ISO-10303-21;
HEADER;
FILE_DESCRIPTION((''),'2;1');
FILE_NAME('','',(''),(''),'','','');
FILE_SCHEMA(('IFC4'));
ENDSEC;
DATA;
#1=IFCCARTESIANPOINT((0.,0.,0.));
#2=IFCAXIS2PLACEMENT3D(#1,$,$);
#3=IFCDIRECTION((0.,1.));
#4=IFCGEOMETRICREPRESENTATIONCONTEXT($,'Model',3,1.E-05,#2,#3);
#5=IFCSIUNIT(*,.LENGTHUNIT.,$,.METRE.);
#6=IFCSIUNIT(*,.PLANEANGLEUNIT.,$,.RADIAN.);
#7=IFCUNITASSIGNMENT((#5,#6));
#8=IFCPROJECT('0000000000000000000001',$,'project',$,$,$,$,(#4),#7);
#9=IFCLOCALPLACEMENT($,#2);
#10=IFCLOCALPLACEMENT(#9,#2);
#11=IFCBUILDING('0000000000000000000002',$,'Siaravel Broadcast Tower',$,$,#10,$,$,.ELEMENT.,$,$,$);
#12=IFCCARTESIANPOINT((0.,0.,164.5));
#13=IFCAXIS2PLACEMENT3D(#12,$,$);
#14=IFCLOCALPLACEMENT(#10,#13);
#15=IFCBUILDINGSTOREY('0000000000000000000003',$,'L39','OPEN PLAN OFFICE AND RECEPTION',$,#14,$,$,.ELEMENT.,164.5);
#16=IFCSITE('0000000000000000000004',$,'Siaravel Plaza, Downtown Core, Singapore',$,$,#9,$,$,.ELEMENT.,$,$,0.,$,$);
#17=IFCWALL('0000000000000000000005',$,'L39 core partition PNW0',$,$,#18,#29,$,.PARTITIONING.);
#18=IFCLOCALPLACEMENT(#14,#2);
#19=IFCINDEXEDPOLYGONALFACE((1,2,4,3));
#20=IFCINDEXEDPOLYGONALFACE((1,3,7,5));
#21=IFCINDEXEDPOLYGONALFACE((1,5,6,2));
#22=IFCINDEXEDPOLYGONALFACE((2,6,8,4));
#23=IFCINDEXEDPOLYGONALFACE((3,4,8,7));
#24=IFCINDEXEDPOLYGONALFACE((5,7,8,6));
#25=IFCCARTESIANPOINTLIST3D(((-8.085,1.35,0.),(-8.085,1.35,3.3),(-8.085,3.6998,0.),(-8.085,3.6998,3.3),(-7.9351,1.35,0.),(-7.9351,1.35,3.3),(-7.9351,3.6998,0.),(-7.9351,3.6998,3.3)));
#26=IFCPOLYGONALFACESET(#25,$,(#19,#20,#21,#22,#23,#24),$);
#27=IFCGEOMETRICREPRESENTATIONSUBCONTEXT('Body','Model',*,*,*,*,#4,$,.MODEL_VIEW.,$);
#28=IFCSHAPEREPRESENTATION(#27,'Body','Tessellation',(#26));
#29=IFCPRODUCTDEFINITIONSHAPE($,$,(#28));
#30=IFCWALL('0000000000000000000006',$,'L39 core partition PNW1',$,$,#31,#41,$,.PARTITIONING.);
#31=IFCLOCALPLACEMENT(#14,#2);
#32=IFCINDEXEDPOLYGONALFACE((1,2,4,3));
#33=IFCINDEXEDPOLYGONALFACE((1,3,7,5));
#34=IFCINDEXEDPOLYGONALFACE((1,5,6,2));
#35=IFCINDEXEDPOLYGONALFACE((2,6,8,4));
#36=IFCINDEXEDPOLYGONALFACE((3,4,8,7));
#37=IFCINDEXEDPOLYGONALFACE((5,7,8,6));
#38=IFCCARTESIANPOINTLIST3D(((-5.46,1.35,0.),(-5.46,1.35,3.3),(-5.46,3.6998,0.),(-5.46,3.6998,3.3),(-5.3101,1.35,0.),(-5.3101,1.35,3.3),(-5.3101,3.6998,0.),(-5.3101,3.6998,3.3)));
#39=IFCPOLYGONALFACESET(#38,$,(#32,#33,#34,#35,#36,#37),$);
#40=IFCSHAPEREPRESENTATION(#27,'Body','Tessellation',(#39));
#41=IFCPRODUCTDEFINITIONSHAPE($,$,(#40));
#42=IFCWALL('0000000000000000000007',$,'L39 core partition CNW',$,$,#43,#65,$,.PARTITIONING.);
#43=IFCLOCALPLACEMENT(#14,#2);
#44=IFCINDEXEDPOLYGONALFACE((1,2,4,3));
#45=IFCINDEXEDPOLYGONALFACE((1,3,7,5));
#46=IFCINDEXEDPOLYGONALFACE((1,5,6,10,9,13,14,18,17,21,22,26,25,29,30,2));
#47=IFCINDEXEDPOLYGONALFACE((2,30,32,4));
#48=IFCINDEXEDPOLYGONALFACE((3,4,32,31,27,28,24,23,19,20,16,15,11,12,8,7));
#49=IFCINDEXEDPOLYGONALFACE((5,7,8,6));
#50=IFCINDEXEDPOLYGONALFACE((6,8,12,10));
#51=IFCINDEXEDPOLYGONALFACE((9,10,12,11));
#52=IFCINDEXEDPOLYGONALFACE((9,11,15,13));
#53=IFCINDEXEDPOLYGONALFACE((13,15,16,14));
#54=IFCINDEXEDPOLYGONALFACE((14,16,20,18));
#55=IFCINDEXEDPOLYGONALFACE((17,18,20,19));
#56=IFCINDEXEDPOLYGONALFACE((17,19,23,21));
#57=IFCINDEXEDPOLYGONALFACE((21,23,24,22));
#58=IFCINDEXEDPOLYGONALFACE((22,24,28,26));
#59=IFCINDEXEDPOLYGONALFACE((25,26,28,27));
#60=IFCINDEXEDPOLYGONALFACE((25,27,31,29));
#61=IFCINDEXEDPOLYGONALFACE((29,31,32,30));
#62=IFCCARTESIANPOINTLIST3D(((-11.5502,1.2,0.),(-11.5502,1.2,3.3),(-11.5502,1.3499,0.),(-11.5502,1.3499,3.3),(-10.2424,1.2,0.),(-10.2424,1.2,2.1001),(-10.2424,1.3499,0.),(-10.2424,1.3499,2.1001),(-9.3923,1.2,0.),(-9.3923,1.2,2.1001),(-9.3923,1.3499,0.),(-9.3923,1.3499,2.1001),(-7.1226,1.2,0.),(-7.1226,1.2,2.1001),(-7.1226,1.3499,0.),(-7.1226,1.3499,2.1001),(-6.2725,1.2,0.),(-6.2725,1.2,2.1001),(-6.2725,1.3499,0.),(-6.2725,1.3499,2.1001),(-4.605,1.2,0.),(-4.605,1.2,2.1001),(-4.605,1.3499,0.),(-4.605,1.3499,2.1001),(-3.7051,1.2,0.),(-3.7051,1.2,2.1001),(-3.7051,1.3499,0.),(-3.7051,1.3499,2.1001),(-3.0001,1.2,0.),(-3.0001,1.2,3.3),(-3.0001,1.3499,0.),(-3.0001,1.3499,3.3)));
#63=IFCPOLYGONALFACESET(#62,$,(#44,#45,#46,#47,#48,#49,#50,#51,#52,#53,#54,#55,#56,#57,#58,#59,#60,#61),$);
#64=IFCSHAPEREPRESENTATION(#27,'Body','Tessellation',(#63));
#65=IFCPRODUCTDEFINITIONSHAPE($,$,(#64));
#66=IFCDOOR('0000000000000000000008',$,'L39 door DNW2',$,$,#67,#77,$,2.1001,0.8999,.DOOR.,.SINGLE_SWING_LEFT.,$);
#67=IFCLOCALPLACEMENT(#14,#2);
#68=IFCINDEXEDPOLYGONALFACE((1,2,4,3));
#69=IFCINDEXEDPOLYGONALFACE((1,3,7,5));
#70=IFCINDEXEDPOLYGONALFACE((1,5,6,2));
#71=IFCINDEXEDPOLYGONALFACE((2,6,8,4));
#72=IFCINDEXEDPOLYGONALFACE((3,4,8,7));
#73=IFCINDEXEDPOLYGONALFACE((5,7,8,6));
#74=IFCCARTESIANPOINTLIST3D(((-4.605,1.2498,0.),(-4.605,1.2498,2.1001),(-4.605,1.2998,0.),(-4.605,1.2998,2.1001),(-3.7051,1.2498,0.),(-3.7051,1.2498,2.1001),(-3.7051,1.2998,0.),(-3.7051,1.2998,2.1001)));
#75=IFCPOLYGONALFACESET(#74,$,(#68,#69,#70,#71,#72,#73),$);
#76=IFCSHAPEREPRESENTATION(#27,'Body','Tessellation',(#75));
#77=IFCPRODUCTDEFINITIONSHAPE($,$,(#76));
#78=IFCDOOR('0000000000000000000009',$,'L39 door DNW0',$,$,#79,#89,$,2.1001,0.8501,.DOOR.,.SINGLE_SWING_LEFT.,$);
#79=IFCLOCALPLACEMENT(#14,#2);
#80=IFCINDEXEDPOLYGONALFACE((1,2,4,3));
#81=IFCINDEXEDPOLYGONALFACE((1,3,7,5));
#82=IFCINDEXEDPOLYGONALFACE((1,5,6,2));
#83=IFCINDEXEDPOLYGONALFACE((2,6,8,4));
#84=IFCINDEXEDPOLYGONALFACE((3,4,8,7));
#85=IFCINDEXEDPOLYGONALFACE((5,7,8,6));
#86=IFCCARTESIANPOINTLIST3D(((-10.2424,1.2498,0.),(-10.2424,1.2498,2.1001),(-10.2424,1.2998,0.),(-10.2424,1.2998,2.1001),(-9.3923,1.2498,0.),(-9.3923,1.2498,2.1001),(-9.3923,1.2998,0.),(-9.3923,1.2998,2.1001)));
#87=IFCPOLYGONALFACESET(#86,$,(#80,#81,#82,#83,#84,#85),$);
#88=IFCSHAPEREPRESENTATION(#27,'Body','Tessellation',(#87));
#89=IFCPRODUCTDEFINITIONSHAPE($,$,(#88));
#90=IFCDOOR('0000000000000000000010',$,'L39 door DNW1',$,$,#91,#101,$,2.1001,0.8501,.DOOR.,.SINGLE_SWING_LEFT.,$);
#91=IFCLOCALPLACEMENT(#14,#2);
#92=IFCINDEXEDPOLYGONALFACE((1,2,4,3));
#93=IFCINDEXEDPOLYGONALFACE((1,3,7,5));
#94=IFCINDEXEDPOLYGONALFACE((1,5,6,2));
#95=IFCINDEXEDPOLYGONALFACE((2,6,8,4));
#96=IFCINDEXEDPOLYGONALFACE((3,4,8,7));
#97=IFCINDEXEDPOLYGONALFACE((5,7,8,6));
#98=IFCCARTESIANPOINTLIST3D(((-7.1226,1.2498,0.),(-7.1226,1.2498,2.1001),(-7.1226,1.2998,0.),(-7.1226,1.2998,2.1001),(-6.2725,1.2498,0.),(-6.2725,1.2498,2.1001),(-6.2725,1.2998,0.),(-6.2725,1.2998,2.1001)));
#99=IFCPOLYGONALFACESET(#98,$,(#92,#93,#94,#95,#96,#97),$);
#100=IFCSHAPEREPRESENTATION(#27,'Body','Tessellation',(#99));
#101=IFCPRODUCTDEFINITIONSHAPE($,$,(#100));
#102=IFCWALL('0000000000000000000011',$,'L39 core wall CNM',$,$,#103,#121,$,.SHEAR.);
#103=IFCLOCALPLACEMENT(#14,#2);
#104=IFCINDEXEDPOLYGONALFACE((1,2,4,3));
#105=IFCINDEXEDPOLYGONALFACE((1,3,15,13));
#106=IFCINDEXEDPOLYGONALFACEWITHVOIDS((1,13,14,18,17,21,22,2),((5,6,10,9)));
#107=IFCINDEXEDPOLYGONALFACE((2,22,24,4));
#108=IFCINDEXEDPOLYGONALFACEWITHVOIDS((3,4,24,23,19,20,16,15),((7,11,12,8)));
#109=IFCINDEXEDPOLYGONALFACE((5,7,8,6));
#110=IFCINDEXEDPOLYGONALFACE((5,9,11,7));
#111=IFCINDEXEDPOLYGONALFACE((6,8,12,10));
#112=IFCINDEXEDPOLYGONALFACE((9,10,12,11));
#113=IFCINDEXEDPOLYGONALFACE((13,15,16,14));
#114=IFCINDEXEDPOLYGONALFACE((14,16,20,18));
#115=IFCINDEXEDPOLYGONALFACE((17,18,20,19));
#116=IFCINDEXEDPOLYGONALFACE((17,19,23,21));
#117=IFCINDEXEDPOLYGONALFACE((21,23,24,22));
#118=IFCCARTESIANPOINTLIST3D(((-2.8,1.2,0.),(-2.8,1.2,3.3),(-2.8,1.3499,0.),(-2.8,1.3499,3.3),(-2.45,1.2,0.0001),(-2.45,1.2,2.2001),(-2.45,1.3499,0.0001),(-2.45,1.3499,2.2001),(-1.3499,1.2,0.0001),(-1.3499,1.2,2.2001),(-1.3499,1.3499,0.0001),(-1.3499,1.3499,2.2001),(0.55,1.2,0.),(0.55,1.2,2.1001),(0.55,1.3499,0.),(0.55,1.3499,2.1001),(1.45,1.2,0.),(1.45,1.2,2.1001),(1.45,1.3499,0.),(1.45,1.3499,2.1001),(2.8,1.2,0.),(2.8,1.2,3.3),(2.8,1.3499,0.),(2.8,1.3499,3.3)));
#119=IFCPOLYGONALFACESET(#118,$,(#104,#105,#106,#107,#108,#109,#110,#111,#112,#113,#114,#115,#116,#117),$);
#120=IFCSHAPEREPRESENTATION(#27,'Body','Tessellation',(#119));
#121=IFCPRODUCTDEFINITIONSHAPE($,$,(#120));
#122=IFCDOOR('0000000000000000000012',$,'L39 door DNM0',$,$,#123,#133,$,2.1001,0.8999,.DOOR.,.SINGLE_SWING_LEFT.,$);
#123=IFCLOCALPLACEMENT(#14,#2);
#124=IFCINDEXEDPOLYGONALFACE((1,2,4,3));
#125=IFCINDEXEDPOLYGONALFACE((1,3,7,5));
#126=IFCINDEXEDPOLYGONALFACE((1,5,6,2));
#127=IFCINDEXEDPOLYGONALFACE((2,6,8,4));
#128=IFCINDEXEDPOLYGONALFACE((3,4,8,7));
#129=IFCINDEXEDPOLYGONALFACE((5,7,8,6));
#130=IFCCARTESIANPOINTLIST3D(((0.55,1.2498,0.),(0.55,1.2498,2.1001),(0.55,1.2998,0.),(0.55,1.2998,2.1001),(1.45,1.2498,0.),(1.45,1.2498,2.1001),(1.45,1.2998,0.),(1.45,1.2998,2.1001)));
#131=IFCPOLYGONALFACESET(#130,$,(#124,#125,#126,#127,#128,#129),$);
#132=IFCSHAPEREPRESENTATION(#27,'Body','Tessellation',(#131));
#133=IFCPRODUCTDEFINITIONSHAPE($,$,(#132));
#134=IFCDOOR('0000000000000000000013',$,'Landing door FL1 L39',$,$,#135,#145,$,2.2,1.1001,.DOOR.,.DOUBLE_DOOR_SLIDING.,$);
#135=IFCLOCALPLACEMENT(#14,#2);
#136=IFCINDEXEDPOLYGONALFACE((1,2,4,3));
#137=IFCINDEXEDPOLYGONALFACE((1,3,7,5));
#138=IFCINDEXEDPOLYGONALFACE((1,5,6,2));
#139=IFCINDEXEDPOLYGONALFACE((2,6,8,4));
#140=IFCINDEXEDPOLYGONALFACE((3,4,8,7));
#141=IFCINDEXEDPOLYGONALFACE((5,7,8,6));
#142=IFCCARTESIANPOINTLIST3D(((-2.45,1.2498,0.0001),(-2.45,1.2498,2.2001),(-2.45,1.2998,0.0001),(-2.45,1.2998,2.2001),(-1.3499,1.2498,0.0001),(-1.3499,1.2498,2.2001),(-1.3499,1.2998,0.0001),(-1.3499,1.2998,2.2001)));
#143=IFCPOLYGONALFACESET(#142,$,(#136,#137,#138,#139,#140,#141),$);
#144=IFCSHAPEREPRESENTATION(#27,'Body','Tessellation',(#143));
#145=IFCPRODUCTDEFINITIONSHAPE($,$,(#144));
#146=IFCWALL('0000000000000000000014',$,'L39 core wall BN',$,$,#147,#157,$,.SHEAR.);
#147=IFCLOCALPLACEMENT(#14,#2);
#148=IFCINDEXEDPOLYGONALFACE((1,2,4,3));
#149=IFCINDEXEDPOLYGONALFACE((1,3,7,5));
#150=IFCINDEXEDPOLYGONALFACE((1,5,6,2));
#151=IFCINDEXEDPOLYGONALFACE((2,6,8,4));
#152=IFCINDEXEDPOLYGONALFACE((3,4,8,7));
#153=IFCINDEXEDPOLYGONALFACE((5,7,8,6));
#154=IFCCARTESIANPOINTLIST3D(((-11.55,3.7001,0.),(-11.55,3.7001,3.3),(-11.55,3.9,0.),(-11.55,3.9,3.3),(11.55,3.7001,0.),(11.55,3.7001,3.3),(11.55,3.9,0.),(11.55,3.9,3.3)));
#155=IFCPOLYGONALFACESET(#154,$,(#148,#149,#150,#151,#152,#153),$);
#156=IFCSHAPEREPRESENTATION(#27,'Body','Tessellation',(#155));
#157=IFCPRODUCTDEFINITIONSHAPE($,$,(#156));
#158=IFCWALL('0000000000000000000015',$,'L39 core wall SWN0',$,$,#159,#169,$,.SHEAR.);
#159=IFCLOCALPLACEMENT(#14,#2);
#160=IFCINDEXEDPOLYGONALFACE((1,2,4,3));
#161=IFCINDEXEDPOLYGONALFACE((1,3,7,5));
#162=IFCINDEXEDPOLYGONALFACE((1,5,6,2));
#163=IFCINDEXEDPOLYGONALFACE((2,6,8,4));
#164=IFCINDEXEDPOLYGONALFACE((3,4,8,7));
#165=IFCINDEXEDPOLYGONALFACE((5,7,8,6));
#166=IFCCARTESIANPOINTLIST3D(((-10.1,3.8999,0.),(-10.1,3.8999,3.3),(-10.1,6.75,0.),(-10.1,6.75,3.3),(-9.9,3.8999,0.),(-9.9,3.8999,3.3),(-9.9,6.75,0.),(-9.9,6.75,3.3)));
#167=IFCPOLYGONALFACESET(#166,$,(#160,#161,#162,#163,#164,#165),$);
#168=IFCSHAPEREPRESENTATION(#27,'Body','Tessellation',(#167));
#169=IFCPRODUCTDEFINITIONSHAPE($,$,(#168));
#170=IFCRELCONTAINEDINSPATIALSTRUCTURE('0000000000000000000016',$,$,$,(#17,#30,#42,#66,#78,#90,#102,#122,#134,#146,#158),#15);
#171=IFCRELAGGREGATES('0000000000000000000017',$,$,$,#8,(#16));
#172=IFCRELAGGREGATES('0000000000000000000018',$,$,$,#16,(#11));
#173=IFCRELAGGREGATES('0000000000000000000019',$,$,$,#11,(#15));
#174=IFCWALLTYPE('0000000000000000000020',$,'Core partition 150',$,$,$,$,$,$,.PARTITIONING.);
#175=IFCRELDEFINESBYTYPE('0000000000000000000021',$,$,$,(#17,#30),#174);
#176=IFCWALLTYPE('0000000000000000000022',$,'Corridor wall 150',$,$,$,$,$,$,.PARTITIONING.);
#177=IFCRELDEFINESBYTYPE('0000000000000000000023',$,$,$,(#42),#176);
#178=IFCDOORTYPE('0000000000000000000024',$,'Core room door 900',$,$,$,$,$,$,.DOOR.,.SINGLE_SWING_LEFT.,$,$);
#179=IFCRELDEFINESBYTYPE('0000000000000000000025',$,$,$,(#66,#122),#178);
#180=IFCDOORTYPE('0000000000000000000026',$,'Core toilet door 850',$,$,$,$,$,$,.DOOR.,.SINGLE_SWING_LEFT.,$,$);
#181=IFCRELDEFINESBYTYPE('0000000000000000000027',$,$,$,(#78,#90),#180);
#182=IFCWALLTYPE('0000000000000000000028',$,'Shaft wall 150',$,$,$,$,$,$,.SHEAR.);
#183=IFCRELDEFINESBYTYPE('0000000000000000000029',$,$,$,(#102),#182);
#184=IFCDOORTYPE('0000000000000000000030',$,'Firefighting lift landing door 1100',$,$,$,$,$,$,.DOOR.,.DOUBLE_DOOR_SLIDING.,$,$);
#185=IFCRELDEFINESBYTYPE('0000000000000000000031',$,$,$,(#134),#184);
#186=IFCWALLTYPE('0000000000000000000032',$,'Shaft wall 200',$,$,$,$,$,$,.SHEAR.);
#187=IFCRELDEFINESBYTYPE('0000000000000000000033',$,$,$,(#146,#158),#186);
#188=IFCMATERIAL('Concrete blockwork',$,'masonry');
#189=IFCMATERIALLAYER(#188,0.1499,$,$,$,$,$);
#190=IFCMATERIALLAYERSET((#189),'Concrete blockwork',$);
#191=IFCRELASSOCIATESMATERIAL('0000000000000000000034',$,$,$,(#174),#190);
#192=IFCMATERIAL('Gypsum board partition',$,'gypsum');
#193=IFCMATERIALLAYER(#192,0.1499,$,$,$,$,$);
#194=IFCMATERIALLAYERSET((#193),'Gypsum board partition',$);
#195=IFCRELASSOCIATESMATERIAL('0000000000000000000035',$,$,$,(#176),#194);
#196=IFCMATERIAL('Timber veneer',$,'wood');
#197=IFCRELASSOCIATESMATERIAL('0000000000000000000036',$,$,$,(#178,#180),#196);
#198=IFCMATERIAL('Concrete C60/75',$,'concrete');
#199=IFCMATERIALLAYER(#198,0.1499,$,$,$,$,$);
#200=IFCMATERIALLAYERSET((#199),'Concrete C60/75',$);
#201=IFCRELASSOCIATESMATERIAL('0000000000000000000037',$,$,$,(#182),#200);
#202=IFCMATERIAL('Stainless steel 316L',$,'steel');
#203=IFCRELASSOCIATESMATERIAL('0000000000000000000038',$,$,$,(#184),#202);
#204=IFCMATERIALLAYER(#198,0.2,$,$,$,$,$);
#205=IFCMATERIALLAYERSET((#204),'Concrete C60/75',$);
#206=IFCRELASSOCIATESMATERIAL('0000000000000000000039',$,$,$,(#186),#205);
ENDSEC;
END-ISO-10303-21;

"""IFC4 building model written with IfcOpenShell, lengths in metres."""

from ifc_helpers import new_model, si_unit, direction, frame, frame_2d, origin, place, context, subcontext, project, spatial, rectangle, extrude, material, layer, layer_set, type_object, element, fill, save


model = new_model("IFC4")

# Units and contexts
model_context = context("Model", 3, precision=1e-05, world=origin(), true_north=direction((0.0, 1.0)))
body_context = subcontext(model_context, "Body", "Model", "MODEL_VIEW")
ifc_project = project(units=[si_unit("LENGTHUNIT", "METRE"), si_unit("PLANEANGLEUNIT", "RADIAN")], contexts=[model_context])

# Site, building, storey
site_placement = place(None, origin())
site = spatial("IfcSite", under=ifc_project, at=site_placement, Name="Siaravel Plaza, Downtown Core, Singapore", CompositionType="ELEMENT", RefElevation=0.0)
building_placement = place(site_placement, origin())
building = spatial("IfcBuilding", under=site, at=building_placement, Name="Siaravel Broadcast Tower", CompositionType="ELEMENT")
storey_placement = place(building_placement, frame((0.0, 0.0, 164.5)))
storey = spatial("IfcBuildingStorey", under=building, at=storey_placement, Name="L39", Description="OPEN PLAN OFFICE AND RECEPTION", CompositionType="ELEMENT", Elevation=164.5)

# Walls
ifc_material_1 = material(Name="Concrete blockwork", Category="masonry")
ifc_layer_1 = layer(ifc_material_1, 0.1499)
ifc_layer_set_1 = layer_set([ifc_layer_1], Name="Concrete blockwork")
wall_type_1 = type_object("IfcWallType", Name="Core partition 150", PredefinedType="PARTITIONING", material=ifc_layer_set_1)
for number, where, z_axis, x_axis, name in (
    (1, (-8.01, 1.3501, 0.0), (0.0, 0.0, 1.0), (0.0, 1.0, 0.0), "L39 core partition PNW0"),
    (2, (-5.385, 1.3501, 0.0), (0.0, 0.0, 1.0), (0.0, 1.0, 0.0), "L39 core partition PNW1"),
):
    element("IfcWall", number, at=place(storey_placement, frame(where, z_axis=z_axis, x_axis=x_axis)), inside=storey, type_object=wall_type_1, Name=name, PredefinedType="PARTITIONING", context=body_context, shape_type="SweptSolid", body=[
        extrude(rectangle(XDim=2.3499, YDim=0.1499, at=frame_2d((1.1748, 0.0))), origin(), (0.0, 0.0, 1.0), 3.3),
    ])

# Walls, openings, doors
ifc_material_2 = material(Name="Gypsum board partition", Category="gypsum")
ifc_layer_2 = layer(ifc_material_2, 0.1499)
ifc_layer_set_2 = layer_set([ifc_layer_2], Name="Gypsum board partition")
wall_type_2 = type_object("IfcWallType", Name="Corridor wall 150", PredefinedType="PARTITIONING", material=ifc_layer_set_2)
wall_1_placement = place(storey_placement, frame((-11.55, 1.2749, 0.0), z_axis=(0.0, 0.0, 1.0), x_axis=(1.0, 0.0, 0.0)))
wall_1 = element("IfcWall", 3, at=wall_1_placement, inside=storey, type_object=wall_type_2, Name="L39 core partition CNW", PredefinedType="PARTITIONING", context=body_context, shape_type="SweptSolid", body=[
    extrude(rectangle(XDim=8.55, YDim=0.1499, at=frame_2d((4.2749, 0.0))), origin(), (0.0, 0.0, 1.0), 3.3),
])
opening_1_placement = place(wall_1_placement, frame((1.3076, 0.0, 0.0)))
opening_1 = element("IfcOpeningElement", 4, at=opening_1_placement, cuts=wall_1, PredefinedType="OPENING", context=body_context, shape_type="SweptSolid", body=[
    extrude(rectangle(XDim=0.8501, YDim=2.1001, at=frame_2d((0.425, 1.05))), frame((0.0, 0.085, 0.0), z_axis=(0.0, -1.0, 0.0), x_axis=(1.0, 0.0, 0.0)), (0.0, 0.0, 1.0), 0.1699),
])
opening_2_placement = place(wall_1_placement, frame((4.4275, 0.0, 0.0)))
opening_2 = element("IfcOpeningElement", 5, at=opening_2_placement, cuts=wall_1, PredefinedType="OPENING", context=body_context, shape_type="SweptSolid", body=[
    extrude(rectangle(XDim=0.8501, YDim=2.1001, at=frame_2d((0.425, 1.05))), frame((0.0, 0.085, 0.0), z_axis=(0.0, -1.0, 0.0), x_axis=(1.0, 0.0, 0.0)), (0.0, 0.0, 1.0), 0.1699),
])
opening_3_placement = place(wall_1_placement, frame((6.9451, 0.0, 0.0)))
opening_3 = element("IfcOpeningElement", 6, at=opening_3_placement, cuts=wall_1, PredefinedType="OPENING", context=body_context, shape_type="SweptSolid", body=[
    extrude(rectangle(XDim=0.8999, YDim=2.1001, at=frame_2d((0.45, 1.05))), frame((0.0, 0.085, 0.0), z_axis=(0.0, -1.0, 0.0), x_axis=(1.0, 0.0, 0.0)), (0.0, 0.0, 1.0), 0.1699),
])
ifc_material_3 = material(Name="Timber veneer", Category="wood")
door_type_1 = type_object("IfcDoorType", Name="Core room door 900", OperationType="SINGLE_SWING_LEFT", PredefinedType="DOOR", material=ifc_material_3)
door_1_placement = place(opening_3_placement, origin())
door_1 = element("IfcDoor", 7, at=door_1_placement, inside=storey, type_object=door_type_1, Name="L39 door DNW2", OperationType="SINGLE_SWING_LEFT", OverallHeight=2.1001, OverallWidth=0.8999, PredefinedType="DOOR", context=body_context, shape_type="SweptSolid", body=[
    extrude(rectangle(XDim=0.8999, YDim=2.1001, at=frame_2d((0.45, 1.05))), frame((0.0, 0.0249, 0.0), z_axis=(0.0, -1.0, 0.0), x_axis=(1.0, 0.0, 0.0)), (0.0, 0.0, 1.0), 0.05),
])
fill(opening_3, door_1)
door_type_2 = type_object("IfcDoorType", Name="Core toilet door 850", OperationType="SINGLE_SWING_LEFT", PredefinedType="DOOR", material=ifc_material_3)
door_2_placement = place(opening_1_placement, origin())
door_2 = element("IfcDoor", 8, at=door_2_placement, inside=storey, type_object=door_type_2, Name="L39 door DNW0", OperationType="SINGLE_SWING_LEFT", OverallHeight=2.1001, OverallWidth=0.8501, PredefinedType="DOOR", context=body_context, shape_type="SweptSolid", body=[
    extrude(rectangle(XDim=0.8501, YDim=2.1001, at=frame_2d((0.425, 1.05))), frame((0.0, 0.0249, 0.0), z_axis=(0.0, -1.0, 0.0), x_axis=(1.0, 0.0, 0.0)), (0.0, 0.0, 1.0), 0.05),
])
fill(opening_1, door_2)
door_3_placement = place(opening_2_placement, origin())
door_3 = element("IfcDoor", 9, at=door_3_placement, inside=storey, type_object=door_type_2, Name="L39 door DNW1", OperationType="SINGLE_SWING_LEFT", OverallHeight=2.1001, OverallWidth=0.8501, PredefinedType="DOOR", context=body_context, shape_type="SweptSolid", body=[
    extrude(rectangle(XDim=0.8501, YDim=2.1001, at=frame_2d((0.425, 1.05))), frame((0.0, 0.0249, 0.0), z_axis=(0.0, -1.0, 0.0), x_axis=(1.0, 0.0, 0.0)), (0.0, 0.0, 1.0), 0.05),
])
fill(opening_2, door_3)
ifc_material_4 = material(Name="Concrete C60/75", Category="concrete")
ifc_layer_3 = layer(ifc_material_4, 0.1499)
ifc_layer_set_3 = layer_set([ifc_layer_3], Name="Concrete C60/75")
wall_type_3 = type_object("IfcWallType", Name="Shaft wall 150", PredefinedType="SHEAR", material=ifc_layer_set_3)
wall_2_placement = place(storey_placement, frame((-2.8, 1.2749, 0.0), z_axis=(0.0, 0.0, 1.0), x_axis=(1.0, 0.0, 0.0)))
wall_2 = element("IfcWall", 10, at=wall_2_placement, inside=storey, type_object=wall_type_3, Name="L39 core wall CNM", PredefinedType="SHEAR", context=body_context, shape_type="SweptSolid", body=[
    extrude(rectangle(XDim=5.6001, YDim=0.1499, at=frame_2d((2.8, 0.0))), origin(), (0.0, 0.0, 1.0), 3.3),
])
opening_4_placement = place(wall_2_placement, frame((0.3501, 0.0, 0.0)))
opening_4 = element("IfcOpeningElement", 11, at=opening_4_placement, cuts=wall_2, PredefinedType="OPENING", context=body_context, shape_type="SweptSolid", body=[
    extrude(rectangle(XDim=1.1001, YDim=2.2, at=frame_2d((0.55, 1.1001))), frame((0.0, 0.085, 0.0), z_axis=(0.0, -1.0, 0.0), x_axis=(1.0, 0.0, 0.0)), (0.0, 0.0, 1.0), 0.1699),
])
opening_5_placement = place(wall_2_placement, frame((3.3501, 0.0, 0.0)))
opening_5 = element("IfcOpeningElement", 12, at=opening_5_placement, cuts=wall_2, PredefinedType="OPENING", context=body_context, shape_type="SweptSolid", body=[
    extrude(rectangle(XDim=0.8999, YDim=2.1001, at=frame_2d((0.45, 1.05))), frame((0.0, 0.085, 0.0), z_axis=(0.0, -1.0, 0.0), x_axis=(1.0, 0.0, 0.0)), (0.0, 0.0, 1.0), 0.1699),
])
door_4_placement = place(opening_5_placement, origin())
door_4 = element("IfcDoor", 13, at=door_4_placement, inside=storey, type_object=door_type_1, Name="L39 door DNM0", OperationType="SINGLE_SWING_LEFT", OverallHeight=2.1001, OverallWidth=0.8999, PredefinedType="DOOR", context=body_context, shape_type="SweptSolid", body=[
    extrude(rectangle(XDim=0.8999, YDim=2.1001, at=frame_2d((0.45, 1.05))), frame((0.0, 0.0249, 0.0), z_axis=(0.0, -1.0, 0.0), x_axis=(1.0, 0.0, 0.0)), (0.0, 0.0, 1.0), 0.05),
])
fill(opening_5, door_4)
ifc_material_5 = material(Name="Stainless steel 316L", Category="steel")
door_type_3 = type_object("IfcDoorType", Name="Firefighting lift landing door 1100", OperationType="DOUBLE_DOOR_SLIDING", PredefinedType="DOOR", material=ifc_material_5)
door_5_placement = place(opening_4_placement, origin())
door_5 = element("IfcDoor", 14, at=door_5_placement, inside=storey, type_object=door_type_3, Name="Landing door FL1 L39", OperationType="DOUBLE_DOOR_SLIDING", OverallHeight=2.2, OverallWidth=1.1001, PredefinedType="DOOR", context=body_context, shape_type="SweptSolid", body=[
    extrude(rectangle(XDim=1.1001, YDim=2.2, at=frame_2d((0.55, 1.1001))), frame((0.0, 0.0249, 0.0), z_axis=(0.0, -1.0, 0.0), x_axis=(1.0, 0.0, 0.0)), (0.0, 0.0, 1.0), 0.05),
])
fill(opening_4, door_5)

# Walls
ifc_layer_4 = layer(ifc_material_4, 0.2)
ifc_layer_set_4 = layer_set([ifc_layer_4], Name="Concrete C60/75")
wall_type_4 = type_object("IfcWallType", Name="Shaft wall 200", PredefinedType="SHEAR", material=ifc_layer_set_4)
wall_3_placement = place(storey_placement, frame((-11.55, 3.8, 0.0), z_axis=(0.0, 0.0, 1.0), x_axis=(1.0, 0.0, 0.0)))
element("IfcWall", 15, at=wall_3_placement, inside=storey, type_object=wall_type_4, Name="L39 core wall BN", PredefinedType="SHEAR", context=body_context, shape_type="SweptSolid", body=[
    extrude(rectangle(XDim=23.1001, YDim=0.2, at=frame_2d((11.55, 0.0))), origin(), (0.0, 0.0, 1.0), 3.3),
])
for number, where, z_axis, x_axis, name in (
    (16, (-10.0, 3.8999, 0.0), (0.0, 0.0, 1.0), (0.0, 1.0, 0.0), "L39 core wall SWN0"),
):
    element("IfcWall", number, at=place(storey_placement, frame(where, z_axis=z_axis, x_axis=x_axis)), inside=storey, type_object=wall_type_4, Name=name, PredefinedType="SHEAR", context=body_context, shape_type="SweptSolid", body=[
        extrude(rectangle(XDim=2.8501, YDim=0.2, at=frame_2d((1.425, 0.0))), origin(), (0.0, 0.0, 1.0), 3.3),
    ])

save(model, "model.ifc")
